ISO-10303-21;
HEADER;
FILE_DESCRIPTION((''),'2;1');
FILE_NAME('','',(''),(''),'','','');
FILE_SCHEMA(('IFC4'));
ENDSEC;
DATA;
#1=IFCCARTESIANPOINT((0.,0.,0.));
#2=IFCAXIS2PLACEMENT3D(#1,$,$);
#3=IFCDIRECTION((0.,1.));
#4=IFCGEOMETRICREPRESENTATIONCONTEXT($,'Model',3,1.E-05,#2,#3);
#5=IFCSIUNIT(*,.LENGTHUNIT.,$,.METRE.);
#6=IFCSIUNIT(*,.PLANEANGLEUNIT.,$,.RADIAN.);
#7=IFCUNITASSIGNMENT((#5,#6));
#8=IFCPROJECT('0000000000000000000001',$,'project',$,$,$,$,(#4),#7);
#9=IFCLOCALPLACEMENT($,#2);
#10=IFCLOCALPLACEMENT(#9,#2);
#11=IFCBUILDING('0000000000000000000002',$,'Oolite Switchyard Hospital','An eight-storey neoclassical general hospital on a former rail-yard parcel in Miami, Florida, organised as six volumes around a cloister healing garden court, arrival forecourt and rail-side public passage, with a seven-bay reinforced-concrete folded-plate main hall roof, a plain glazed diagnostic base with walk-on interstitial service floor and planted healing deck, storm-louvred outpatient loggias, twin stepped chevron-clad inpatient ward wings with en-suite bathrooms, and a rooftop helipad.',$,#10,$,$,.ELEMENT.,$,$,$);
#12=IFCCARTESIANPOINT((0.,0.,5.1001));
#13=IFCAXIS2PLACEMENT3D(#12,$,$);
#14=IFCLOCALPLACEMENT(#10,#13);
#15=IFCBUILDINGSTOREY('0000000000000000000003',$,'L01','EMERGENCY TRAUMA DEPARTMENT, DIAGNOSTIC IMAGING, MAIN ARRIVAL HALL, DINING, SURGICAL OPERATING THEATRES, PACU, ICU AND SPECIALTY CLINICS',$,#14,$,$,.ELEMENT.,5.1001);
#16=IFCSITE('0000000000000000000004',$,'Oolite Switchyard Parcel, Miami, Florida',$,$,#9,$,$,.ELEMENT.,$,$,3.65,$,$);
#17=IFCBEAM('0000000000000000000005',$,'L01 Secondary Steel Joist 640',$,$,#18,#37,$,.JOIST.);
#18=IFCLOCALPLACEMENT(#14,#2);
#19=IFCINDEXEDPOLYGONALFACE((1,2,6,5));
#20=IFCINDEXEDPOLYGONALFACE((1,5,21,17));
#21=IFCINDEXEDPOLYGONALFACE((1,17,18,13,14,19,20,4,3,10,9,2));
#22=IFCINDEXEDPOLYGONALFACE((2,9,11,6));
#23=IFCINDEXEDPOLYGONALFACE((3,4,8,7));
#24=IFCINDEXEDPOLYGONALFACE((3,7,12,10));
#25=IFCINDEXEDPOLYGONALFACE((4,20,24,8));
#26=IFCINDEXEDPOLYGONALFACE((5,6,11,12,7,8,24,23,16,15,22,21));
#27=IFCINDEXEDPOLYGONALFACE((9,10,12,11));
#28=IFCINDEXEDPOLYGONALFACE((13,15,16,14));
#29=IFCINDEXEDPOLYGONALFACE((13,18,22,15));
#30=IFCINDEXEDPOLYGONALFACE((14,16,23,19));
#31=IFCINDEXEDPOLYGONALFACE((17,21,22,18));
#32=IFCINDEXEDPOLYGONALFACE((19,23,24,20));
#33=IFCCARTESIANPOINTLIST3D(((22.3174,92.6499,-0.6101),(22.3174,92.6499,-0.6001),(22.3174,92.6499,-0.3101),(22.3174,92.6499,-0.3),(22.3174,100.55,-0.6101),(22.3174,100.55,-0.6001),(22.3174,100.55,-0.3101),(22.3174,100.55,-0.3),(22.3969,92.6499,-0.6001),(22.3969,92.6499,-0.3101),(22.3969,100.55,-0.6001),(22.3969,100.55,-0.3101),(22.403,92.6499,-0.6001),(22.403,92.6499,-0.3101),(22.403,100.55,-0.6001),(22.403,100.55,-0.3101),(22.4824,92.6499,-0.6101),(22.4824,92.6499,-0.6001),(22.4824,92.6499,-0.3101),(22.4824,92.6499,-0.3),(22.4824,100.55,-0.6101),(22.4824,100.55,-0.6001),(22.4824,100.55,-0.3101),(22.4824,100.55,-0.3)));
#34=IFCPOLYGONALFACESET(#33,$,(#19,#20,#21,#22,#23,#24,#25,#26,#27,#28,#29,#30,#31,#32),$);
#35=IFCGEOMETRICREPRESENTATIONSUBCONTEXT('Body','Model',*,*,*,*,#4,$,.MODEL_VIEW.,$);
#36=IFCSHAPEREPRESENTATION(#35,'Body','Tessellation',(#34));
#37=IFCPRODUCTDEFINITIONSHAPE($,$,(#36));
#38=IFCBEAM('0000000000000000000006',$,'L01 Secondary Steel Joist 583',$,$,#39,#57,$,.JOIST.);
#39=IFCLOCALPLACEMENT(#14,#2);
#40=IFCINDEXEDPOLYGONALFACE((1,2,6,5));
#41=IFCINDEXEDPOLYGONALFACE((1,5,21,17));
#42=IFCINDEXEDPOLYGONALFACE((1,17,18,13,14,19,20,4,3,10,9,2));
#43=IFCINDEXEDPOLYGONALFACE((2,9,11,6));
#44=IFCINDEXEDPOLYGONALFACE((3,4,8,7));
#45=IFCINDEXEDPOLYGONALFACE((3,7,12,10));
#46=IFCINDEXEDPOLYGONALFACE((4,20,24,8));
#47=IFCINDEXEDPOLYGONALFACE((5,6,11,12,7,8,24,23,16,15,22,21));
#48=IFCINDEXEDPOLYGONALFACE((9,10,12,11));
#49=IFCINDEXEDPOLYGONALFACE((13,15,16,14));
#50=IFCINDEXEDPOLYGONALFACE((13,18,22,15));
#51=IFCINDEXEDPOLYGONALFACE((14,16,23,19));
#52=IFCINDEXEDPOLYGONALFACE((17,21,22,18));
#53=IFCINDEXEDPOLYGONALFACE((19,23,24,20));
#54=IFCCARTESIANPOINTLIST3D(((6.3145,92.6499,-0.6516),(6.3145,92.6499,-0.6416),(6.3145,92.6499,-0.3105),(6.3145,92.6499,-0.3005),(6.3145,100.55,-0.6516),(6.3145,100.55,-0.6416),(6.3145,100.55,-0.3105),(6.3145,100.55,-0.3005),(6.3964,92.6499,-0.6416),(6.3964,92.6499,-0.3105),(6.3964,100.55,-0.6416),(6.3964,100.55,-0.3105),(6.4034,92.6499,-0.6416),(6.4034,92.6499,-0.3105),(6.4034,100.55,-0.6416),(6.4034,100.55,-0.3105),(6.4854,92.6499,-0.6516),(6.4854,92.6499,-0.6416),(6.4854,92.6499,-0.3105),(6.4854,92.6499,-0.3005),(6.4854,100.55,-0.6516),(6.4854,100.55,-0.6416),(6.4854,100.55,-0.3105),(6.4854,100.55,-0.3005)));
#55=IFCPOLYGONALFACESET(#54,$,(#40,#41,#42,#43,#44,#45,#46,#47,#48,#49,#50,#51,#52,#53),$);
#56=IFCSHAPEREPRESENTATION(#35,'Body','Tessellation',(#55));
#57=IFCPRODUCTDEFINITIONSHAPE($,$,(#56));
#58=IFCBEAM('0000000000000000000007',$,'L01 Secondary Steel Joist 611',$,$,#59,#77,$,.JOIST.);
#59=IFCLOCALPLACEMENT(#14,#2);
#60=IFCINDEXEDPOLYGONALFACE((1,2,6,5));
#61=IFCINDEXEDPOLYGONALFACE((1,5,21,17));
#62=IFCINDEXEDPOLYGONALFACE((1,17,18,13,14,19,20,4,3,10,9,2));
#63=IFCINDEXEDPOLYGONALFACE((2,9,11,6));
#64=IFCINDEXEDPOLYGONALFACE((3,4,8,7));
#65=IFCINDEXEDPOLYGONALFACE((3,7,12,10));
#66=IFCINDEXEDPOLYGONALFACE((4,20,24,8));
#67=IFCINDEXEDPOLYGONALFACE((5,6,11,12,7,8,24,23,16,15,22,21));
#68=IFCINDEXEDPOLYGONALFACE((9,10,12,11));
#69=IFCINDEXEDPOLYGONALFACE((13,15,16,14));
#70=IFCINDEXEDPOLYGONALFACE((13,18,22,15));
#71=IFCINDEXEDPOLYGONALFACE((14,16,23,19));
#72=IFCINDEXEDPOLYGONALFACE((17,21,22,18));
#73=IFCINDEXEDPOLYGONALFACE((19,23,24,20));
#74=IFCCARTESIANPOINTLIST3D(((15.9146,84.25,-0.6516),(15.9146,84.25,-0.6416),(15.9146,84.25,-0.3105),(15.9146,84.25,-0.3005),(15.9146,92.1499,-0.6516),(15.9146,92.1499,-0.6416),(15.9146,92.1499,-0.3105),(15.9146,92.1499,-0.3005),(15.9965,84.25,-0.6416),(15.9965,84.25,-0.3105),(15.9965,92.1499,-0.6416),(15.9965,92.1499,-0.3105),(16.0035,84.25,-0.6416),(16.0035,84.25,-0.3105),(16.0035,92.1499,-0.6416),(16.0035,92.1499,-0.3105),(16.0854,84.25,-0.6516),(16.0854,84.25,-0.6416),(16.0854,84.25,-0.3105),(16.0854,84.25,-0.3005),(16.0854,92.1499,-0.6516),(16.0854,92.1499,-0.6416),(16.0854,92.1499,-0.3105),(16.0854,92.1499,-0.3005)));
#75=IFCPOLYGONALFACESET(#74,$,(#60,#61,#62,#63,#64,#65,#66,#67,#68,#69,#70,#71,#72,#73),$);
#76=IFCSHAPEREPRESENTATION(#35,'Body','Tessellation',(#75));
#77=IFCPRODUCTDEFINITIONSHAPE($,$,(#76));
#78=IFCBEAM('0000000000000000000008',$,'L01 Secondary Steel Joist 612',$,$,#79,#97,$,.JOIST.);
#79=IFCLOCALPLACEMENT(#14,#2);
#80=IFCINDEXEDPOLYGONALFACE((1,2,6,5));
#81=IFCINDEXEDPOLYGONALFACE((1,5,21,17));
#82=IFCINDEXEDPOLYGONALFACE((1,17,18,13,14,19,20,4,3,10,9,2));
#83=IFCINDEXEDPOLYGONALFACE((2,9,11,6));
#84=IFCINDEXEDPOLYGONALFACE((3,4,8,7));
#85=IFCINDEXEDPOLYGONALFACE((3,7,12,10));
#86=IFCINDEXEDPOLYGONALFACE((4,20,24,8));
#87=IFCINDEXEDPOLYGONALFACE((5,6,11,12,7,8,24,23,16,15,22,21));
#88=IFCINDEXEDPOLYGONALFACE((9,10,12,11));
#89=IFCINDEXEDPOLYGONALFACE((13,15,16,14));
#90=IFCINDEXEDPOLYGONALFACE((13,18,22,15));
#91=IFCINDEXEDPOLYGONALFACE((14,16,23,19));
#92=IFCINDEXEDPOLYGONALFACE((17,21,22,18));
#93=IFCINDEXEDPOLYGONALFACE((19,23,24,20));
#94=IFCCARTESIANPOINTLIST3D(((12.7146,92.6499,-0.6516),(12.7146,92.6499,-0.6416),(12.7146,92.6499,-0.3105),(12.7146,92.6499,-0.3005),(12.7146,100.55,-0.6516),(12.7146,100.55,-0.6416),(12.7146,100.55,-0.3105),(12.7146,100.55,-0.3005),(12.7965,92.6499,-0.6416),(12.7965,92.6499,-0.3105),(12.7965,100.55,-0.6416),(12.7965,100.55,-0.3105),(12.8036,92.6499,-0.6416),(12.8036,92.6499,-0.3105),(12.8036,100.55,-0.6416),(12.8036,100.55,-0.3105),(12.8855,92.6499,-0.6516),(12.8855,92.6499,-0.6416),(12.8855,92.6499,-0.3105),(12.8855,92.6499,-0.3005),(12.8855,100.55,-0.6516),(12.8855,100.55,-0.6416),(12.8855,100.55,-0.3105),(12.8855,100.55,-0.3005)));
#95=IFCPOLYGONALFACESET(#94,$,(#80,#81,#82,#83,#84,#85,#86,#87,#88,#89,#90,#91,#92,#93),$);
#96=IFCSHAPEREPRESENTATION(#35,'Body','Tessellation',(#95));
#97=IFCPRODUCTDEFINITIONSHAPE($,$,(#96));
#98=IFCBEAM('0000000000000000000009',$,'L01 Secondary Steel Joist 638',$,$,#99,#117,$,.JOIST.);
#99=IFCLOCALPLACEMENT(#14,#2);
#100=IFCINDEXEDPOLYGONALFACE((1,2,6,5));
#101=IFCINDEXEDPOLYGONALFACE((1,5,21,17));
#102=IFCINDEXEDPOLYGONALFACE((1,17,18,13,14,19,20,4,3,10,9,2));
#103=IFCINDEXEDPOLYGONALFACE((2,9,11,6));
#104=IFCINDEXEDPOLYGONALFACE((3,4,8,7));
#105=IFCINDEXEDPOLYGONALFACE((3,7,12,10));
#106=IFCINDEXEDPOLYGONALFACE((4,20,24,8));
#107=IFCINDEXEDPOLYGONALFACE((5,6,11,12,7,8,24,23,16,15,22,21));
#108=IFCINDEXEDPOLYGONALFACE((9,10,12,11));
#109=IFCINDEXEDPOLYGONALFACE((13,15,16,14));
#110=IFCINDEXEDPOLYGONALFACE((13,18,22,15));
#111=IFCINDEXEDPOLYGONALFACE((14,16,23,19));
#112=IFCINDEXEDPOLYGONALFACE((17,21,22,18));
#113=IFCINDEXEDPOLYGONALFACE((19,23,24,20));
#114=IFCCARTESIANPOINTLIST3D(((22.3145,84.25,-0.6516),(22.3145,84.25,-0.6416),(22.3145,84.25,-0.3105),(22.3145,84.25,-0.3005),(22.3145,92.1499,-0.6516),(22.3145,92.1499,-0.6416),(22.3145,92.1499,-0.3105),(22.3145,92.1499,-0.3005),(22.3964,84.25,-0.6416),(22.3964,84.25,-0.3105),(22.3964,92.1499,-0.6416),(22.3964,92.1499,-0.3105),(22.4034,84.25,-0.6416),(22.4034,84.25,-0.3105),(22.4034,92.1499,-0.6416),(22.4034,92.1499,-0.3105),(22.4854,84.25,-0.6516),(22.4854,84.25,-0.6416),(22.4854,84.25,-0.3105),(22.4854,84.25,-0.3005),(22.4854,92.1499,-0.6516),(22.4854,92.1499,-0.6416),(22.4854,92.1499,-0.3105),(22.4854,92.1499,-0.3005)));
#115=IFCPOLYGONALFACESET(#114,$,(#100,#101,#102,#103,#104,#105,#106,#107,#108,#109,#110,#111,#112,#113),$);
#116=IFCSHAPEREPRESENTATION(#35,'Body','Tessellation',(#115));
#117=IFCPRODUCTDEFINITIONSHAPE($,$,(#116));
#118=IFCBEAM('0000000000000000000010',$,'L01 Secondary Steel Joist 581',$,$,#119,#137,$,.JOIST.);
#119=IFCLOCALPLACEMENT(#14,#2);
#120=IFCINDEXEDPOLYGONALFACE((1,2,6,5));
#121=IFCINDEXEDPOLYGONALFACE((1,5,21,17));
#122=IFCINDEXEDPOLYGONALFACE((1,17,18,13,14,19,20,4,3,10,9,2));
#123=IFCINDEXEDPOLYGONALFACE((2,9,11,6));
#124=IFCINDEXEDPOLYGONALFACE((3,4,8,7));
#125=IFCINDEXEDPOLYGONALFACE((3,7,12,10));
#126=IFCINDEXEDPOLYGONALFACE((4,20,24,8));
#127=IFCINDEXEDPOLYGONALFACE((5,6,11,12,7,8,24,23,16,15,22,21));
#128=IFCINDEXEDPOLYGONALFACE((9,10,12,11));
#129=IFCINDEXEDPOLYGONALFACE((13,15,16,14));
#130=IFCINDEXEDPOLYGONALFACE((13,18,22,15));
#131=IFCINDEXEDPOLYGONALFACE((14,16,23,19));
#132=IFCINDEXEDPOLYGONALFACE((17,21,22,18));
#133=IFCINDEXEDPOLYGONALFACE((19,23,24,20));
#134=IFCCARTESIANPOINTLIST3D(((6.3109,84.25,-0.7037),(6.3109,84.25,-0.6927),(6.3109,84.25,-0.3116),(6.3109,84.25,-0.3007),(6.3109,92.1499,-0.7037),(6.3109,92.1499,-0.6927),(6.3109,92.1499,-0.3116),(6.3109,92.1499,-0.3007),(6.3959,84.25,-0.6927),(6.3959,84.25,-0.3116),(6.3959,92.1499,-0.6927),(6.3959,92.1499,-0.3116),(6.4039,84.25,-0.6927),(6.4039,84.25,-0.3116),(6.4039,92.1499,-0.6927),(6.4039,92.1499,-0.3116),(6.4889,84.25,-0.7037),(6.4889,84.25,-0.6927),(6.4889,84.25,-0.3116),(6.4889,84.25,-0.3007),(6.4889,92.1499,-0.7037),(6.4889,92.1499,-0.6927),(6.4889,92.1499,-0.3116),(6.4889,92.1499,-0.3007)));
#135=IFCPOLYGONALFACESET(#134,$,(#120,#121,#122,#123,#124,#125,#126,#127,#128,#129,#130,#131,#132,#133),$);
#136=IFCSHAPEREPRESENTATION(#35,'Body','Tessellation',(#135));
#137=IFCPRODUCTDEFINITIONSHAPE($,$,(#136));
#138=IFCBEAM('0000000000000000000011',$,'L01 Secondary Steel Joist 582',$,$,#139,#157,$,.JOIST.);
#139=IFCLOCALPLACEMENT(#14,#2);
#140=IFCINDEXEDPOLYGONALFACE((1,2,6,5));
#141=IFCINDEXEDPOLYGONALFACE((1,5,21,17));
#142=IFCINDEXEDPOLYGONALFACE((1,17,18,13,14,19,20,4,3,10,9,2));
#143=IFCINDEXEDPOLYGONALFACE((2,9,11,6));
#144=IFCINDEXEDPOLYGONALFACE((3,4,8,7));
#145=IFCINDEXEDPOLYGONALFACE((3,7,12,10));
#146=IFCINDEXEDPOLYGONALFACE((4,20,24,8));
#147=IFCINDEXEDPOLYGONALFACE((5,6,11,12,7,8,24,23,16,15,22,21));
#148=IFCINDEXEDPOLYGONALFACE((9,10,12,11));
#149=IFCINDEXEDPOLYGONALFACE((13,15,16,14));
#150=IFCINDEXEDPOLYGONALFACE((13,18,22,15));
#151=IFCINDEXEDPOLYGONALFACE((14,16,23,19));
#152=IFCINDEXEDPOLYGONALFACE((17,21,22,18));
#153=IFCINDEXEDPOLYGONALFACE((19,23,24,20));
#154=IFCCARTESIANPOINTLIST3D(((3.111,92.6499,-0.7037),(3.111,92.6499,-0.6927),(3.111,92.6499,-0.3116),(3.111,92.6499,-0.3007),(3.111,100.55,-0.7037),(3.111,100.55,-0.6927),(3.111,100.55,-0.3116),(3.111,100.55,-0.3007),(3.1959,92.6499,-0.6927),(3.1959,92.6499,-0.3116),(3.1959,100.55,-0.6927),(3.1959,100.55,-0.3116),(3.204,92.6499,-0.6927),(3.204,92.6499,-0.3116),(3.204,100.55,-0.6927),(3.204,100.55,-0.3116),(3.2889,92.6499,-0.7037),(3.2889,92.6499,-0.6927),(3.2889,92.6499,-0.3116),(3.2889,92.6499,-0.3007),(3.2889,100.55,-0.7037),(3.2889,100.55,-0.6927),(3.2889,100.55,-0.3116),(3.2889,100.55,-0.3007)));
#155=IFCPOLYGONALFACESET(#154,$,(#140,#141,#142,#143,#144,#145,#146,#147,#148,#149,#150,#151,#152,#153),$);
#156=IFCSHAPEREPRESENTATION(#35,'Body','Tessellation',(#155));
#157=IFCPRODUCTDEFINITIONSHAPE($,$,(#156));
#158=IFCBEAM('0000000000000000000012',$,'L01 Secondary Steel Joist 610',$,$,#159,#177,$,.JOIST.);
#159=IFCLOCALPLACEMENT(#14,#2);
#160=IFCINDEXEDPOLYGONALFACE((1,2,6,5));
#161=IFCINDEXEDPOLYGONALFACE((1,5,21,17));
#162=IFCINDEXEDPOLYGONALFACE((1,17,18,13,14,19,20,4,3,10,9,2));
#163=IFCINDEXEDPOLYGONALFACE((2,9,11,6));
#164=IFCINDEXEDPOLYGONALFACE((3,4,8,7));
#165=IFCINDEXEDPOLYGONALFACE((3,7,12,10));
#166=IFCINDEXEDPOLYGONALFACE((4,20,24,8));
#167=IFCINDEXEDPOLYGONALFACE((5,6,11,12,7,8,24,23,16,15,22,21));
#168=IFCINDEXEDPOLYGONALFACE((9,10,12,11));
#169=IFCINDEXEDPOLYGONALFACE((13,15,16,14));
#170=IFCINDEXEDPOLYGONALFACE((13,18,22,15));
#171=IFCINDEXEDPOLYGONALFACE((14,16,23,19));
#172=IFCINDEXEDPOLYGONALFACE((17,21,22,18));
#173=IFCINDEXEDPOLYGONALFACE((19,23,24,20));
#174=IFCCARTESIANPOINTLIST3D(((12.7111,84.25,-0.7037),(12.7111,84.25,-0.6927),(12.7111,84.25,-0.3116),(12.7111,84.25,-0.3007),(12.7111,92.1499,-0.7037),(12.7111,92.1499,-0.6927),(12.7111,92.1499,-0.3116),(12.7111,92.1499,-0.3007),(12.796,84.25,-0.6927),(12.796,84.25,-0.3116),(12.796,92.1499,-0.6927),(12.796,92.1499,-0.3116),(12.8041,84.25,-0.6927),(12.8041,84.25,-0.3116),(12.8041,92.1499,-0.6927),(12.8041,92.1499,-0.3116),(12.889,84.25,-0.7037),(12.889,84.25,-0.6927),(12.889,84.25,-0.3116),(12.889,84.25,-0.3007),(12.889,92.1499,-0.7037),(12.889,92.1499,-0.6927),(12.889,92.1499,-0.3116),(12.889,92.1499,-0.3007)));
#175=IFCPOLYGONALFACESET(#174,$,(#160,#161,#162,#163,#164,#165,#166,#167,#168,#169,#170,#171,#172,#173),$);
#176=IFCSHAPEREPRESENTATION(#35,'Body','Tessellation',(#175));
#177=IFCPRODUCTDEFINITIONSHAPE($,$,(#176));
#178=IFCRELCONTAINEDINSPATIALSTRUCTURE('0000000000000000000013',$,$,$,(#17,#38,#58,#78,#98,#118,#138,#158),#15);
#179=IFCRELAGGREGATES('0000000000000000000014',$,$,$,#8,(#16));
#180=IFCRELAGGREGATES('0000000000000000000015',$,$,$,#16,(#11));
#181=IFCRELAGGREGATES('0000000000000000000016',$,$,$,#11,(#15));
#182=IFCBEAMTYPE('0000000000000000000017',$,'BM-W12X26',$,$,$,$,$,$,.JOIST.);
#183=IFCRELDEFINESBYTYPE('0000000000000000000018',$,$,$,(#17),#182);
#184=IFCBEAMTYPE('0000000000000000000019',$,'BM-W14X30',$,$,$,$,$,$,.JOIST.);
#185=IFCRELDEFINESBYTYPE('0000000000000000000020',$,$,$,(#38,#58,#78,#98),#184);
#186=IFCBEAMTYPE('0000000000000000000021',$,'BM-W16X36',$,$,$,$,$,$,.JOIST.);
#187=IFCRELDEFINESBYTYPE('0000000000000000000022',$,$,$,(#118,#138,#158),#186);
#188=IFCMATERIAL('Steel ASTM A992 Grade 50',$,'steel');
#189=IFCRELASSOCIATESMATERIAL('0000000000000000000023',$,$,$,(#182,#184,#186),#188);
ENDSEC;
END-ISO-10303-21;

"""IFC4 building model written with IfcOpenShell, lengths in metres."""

from ifc_helpers import new_model, si_unit, direction, frame, origin, origin_2d, place, context, subcontext, project, spatial, i_section, extrude, material, material_profile, profile_set, type_object, element, save


model = new_model("IFC4")

# Units and contexts
model_context = context("Model", 3, precision=1e-05, world=origin(), true_north=direction((0.0, 1.0)))
body_context = subcontext(model_context, "Body", "Model", "MODEL_VIEW")
ifc_project = project(units=[si_unit("LENGTHUNIT", "METRE"), si_unit("PLANEANGLEUNIT", "RADIAN")], contexts=[model_context])

# Site, building, storey
site_placement = place(None, origin())
site = spatial("IfcSite", under=ifc_project, at=site_placement, Name="Oolite Switchyard Parcel, Miami, Florida", CompositionType="ELEMENT", RefElevation=3.65)
building_placement = place(site_placement, origin())
building = spatial("IfcBuilding", under=site, at=building_placement, Name="Oolite Switchyard Hospital", Description="An eight-storey neoclassical general hospital on a former rail-yard parcel in Miami, Florida, organised as six volumes around a cloister healing garden court, arrival forecourt and rail-side public passage, with a seven-bay reinforced-concrete folded-plate main hall roof, a plain glazed diagnostic base with walk-on interstitial service floor and planted healing deck, storm-louvred outpatient loggias, twin stepped chevron-clad inpatient ward wings with en-suite bathrooms, and a rooftop helipad.", CompositionType="ELEMENT")
storey_placement = place(building_placement, frame((0.0, 0.0, 5.1001)))
storey = spatial("IfcBuildingStorey", under=building, at=storey_placement, Name="L01", Description="EMERGENCY TRAUMA DEPARTMENT, DIAGNOSTIC IMAGING, MAIN ARRIVAL HALL, DINING, SURGICAL OPERATING THEATRES, PACU, ICU AND SPECIALTY CLINICS", CompositionType="ELEMENT", Elevation=5.1001)

# Beams
ifc_material_1 = material(Name="Steel ASTM A992 Grade 50", Category="steel")
ifc_material_profile_1 = material_profile(ifc_material_1, i_section(OverallWidth=0.165, OverallDepth=0.3101, WebThickness=0.0061, FlangeThickness=0.01, at=origin_2d()), Name="W12X26")
ifc_profile_set_1 = profile_set([ifc_material_profile_1], Name="Steel ASTM A992 Grade 50")
beam_type_1 = type_object("IfcBeamType", Name="BM-W12X26", PredefinedType="JOIST", material=ifc_profile_set_1)
for number, where, z_axis, x_axis, name in (
    (1, (22.3999, 92.6499, -0.4551), (0.0, 1.0, 0.0), (-1.0, 0.0, 0.0), "L01 Secondary Steel Joist 640"),
):
    element("IfcBeam", number, at=place(storey_placement, frame(where, z_axis=z_axis, x_axis=x_axis)), inside=storey, type_object=beam_type_1, Name=name, PredefinedType="JOIST", context=body_context, shape_type="SweptSolid", body=[
        extrude(i_section(OverallWidth=0.165, OverallDepth=0.3101, WebThickness=0.0061, FlangeThickness=0.01, at=origin_2d()), origin(), (0.0, 0.0, 1.0), 7.9001),
    ])
ifc_material_profile_2 = material_profile(ifc_material_1, i_section(OverallWidth=0.1709, OverallDepth=0.3511, WebThickness=0.0071, FlangeThickness=0.01, at=origin_2d()), Name="W14X30")
ifc_profile_set_2 = profile_set([ifc_material_profile_2], Name="Steel ASTM A992 Grade 50")
beam_type_2 = type_object("IfcBeamType", Name="BM-W14X30", PredefinedType="JOIST", material=ifc_profile_set_2)
beam_1_placement = place(storey_placement, frame((6.3999, 92.6499, -0.4761), z_axis=(0.0, 1.0, 0.0), x_axis=(-1.0, 0.0, 0.0)))
element("IfcBeam", 2, at=beam_1_placement, inside=storey, type_object=beam_type_2, Name="L01 Secondary Steel Joist 583", PredefinedType="JOIST", context=body_context, shape_type="SweptSolid", body=[
    extrude(i_section(OverallWidth=0.1709, OverallDepth=0.3511, WebThickness=0.0071, FlangeThickness=0.01, at=origin_2d()), origin(), (0.0, 0.0, 1.0), 7.9001),
])
beam_2_placement = place(storey_placement, frame((16.0, 84.25, -0.4761), z_axis=(0.0, 1.0, 0.0), x_axis=(-1.0, 0.0, 0.0)))
element("IfcBeam", 3, at=beam_2_placement, inside=storey, type_object=beam_type_2, Name="L01 Secondary Steel Joist 611", PredefinedType="JOIST", context=body_context, shape_type="SweptSolid", body=[
    extrude(i_section(OverallWidth=0.1709, OverallDepth=0.3511, WebThickness=0.0071, FlangeThickness=0.01, at=origin_2d()), origin(), (0.0, 0.0, 1.0), 7.8999),
])
beam_3_placement = place(storey_placement, frame((12.8, 92.6499, -0.4761), z_axis=(0.0, 1.0, 0.0), x_axis=(-1.0, 0.0, 0.0)))
element("IfcBeam", 4, at=beam_3_placement, inside=storey, type_object=beam_type_2, Name="L01 Secondary Steel Joist 612", PredefinedType="JOIST", context=body_context, shape_type="SweptSolid", body=[
    extrude(i_section(OverallWidth=0.1709, OverallDepth=0.3511, WebThickness=0.0071, FlangeThickness=0.01, at=origin_2d()), origin(), (0.0, 0.0, 1.0), 7.9001),
])
beam_4_placement = place(storey_placement, frame((22.3999, 84.25, -0.4761), z_axis=(0.0, 1.0, 0.0), x_axis=(-1.0, 0.0, 0.0)))
element("IfcBeam", 5, at=beam_4_placement, inside=storey, type_object=beam_type_2, Name="L01 Secondary Steel Joist 638", PredefinedType="JOIST", context=body_context, shape_type="SweptSolid", body=[
    extrude(i_section(OverallWidth=0.1709, OverallDepth=0.3511, WebThickness=0.0071, FlangeThickness=0.01, at=origin_2d()), origin(), (0.0, 0.0, 1.0), 7.8999),
])
ifc_material_profile_3 = material_profile(ifc_material_1, i_section(OverallWidth=0.178, OverallDepth=0.4031, WebThickness=0.0081, FlangeThickness=0.011, at=origin_2d()), Name="W16X36")
ifc_profile_set_3 = profile_set([ifc_material_profile_3], Name="Steel ASTM A992 Grade 50")
beam_type_3 = type_object("IfcBeamType", Name="BM-W16X36", PredefinedType="JOIST", material=ifc_profile_set_3)
beam_5_placement = place(storey_placement, frame((6.3999, 84.25, -0.5022), z_axis=(0.0, 1.0, 0.0), x_axis=(-1.0, 0.0, 0.0)))
element("IfcBeam", 6, at=beam_5_placement, inside=storey, type_object=beam_type_3, Name="L01 Secondary Steel Joist 581", PredefinedType="JOIST", context=body_context, shape_type="SweptSolid", body=[
    extrude(i_section(OverallWidth=0.178, OverallDepth=0.4031, WebThickness=0.0081, FlangeThickness=0.011, at=origin_2d()), origin(), (0.0, 0.0, 1.0), 7.8999),
])
beam_6_placement = place(storey_placement, frame((3.2, 92.6499, -0.5022), z_axis=(0.0, 1.0, 0.0), x_axis=(-1.0, 0.0, 0.0)))
element("IfcBeam", 7, at=beam_6_placement, inside=storey, type_object=beam_type_3, Name="L01 Secondary Steel Joist 582", PredefinedType="JOIST", context=body_context, shape_type="SweptSolid", body=[
    extrude(i_section(OverallWidth=0.178, OverallDepth=0.4031, WebThickness=0.0081, FlangeThickness=0.011, at=origin_2d()), origin(), (0.0, 0.0, 1.0), 7.9001),
])
beam_7_placement = place(storey_placement, frame((12.8, 84.25, -0.5022), z_axis=(0.0, 1.0, 0.0), x_axis=(-1.0, 0.0, 0.0)))
element("IfcBeam", 8, at=beam_7_placement, inside=storey, type_object=beam_type_3, Name="L01 Secondary Steel Joist 610", PredefinedType="JOIST", context=body_context, shape_type="SweptSolid", body=[
    extrude(i_section(OverallWidth=0.178, OverallDepth=0.4031, WebThickness=0.0081, FlangeThickness=0.011, at=origin_2d()), origin(), (0.0, 0.0, 1.0), 7.8999),
])

save(model, "model.ifc")
